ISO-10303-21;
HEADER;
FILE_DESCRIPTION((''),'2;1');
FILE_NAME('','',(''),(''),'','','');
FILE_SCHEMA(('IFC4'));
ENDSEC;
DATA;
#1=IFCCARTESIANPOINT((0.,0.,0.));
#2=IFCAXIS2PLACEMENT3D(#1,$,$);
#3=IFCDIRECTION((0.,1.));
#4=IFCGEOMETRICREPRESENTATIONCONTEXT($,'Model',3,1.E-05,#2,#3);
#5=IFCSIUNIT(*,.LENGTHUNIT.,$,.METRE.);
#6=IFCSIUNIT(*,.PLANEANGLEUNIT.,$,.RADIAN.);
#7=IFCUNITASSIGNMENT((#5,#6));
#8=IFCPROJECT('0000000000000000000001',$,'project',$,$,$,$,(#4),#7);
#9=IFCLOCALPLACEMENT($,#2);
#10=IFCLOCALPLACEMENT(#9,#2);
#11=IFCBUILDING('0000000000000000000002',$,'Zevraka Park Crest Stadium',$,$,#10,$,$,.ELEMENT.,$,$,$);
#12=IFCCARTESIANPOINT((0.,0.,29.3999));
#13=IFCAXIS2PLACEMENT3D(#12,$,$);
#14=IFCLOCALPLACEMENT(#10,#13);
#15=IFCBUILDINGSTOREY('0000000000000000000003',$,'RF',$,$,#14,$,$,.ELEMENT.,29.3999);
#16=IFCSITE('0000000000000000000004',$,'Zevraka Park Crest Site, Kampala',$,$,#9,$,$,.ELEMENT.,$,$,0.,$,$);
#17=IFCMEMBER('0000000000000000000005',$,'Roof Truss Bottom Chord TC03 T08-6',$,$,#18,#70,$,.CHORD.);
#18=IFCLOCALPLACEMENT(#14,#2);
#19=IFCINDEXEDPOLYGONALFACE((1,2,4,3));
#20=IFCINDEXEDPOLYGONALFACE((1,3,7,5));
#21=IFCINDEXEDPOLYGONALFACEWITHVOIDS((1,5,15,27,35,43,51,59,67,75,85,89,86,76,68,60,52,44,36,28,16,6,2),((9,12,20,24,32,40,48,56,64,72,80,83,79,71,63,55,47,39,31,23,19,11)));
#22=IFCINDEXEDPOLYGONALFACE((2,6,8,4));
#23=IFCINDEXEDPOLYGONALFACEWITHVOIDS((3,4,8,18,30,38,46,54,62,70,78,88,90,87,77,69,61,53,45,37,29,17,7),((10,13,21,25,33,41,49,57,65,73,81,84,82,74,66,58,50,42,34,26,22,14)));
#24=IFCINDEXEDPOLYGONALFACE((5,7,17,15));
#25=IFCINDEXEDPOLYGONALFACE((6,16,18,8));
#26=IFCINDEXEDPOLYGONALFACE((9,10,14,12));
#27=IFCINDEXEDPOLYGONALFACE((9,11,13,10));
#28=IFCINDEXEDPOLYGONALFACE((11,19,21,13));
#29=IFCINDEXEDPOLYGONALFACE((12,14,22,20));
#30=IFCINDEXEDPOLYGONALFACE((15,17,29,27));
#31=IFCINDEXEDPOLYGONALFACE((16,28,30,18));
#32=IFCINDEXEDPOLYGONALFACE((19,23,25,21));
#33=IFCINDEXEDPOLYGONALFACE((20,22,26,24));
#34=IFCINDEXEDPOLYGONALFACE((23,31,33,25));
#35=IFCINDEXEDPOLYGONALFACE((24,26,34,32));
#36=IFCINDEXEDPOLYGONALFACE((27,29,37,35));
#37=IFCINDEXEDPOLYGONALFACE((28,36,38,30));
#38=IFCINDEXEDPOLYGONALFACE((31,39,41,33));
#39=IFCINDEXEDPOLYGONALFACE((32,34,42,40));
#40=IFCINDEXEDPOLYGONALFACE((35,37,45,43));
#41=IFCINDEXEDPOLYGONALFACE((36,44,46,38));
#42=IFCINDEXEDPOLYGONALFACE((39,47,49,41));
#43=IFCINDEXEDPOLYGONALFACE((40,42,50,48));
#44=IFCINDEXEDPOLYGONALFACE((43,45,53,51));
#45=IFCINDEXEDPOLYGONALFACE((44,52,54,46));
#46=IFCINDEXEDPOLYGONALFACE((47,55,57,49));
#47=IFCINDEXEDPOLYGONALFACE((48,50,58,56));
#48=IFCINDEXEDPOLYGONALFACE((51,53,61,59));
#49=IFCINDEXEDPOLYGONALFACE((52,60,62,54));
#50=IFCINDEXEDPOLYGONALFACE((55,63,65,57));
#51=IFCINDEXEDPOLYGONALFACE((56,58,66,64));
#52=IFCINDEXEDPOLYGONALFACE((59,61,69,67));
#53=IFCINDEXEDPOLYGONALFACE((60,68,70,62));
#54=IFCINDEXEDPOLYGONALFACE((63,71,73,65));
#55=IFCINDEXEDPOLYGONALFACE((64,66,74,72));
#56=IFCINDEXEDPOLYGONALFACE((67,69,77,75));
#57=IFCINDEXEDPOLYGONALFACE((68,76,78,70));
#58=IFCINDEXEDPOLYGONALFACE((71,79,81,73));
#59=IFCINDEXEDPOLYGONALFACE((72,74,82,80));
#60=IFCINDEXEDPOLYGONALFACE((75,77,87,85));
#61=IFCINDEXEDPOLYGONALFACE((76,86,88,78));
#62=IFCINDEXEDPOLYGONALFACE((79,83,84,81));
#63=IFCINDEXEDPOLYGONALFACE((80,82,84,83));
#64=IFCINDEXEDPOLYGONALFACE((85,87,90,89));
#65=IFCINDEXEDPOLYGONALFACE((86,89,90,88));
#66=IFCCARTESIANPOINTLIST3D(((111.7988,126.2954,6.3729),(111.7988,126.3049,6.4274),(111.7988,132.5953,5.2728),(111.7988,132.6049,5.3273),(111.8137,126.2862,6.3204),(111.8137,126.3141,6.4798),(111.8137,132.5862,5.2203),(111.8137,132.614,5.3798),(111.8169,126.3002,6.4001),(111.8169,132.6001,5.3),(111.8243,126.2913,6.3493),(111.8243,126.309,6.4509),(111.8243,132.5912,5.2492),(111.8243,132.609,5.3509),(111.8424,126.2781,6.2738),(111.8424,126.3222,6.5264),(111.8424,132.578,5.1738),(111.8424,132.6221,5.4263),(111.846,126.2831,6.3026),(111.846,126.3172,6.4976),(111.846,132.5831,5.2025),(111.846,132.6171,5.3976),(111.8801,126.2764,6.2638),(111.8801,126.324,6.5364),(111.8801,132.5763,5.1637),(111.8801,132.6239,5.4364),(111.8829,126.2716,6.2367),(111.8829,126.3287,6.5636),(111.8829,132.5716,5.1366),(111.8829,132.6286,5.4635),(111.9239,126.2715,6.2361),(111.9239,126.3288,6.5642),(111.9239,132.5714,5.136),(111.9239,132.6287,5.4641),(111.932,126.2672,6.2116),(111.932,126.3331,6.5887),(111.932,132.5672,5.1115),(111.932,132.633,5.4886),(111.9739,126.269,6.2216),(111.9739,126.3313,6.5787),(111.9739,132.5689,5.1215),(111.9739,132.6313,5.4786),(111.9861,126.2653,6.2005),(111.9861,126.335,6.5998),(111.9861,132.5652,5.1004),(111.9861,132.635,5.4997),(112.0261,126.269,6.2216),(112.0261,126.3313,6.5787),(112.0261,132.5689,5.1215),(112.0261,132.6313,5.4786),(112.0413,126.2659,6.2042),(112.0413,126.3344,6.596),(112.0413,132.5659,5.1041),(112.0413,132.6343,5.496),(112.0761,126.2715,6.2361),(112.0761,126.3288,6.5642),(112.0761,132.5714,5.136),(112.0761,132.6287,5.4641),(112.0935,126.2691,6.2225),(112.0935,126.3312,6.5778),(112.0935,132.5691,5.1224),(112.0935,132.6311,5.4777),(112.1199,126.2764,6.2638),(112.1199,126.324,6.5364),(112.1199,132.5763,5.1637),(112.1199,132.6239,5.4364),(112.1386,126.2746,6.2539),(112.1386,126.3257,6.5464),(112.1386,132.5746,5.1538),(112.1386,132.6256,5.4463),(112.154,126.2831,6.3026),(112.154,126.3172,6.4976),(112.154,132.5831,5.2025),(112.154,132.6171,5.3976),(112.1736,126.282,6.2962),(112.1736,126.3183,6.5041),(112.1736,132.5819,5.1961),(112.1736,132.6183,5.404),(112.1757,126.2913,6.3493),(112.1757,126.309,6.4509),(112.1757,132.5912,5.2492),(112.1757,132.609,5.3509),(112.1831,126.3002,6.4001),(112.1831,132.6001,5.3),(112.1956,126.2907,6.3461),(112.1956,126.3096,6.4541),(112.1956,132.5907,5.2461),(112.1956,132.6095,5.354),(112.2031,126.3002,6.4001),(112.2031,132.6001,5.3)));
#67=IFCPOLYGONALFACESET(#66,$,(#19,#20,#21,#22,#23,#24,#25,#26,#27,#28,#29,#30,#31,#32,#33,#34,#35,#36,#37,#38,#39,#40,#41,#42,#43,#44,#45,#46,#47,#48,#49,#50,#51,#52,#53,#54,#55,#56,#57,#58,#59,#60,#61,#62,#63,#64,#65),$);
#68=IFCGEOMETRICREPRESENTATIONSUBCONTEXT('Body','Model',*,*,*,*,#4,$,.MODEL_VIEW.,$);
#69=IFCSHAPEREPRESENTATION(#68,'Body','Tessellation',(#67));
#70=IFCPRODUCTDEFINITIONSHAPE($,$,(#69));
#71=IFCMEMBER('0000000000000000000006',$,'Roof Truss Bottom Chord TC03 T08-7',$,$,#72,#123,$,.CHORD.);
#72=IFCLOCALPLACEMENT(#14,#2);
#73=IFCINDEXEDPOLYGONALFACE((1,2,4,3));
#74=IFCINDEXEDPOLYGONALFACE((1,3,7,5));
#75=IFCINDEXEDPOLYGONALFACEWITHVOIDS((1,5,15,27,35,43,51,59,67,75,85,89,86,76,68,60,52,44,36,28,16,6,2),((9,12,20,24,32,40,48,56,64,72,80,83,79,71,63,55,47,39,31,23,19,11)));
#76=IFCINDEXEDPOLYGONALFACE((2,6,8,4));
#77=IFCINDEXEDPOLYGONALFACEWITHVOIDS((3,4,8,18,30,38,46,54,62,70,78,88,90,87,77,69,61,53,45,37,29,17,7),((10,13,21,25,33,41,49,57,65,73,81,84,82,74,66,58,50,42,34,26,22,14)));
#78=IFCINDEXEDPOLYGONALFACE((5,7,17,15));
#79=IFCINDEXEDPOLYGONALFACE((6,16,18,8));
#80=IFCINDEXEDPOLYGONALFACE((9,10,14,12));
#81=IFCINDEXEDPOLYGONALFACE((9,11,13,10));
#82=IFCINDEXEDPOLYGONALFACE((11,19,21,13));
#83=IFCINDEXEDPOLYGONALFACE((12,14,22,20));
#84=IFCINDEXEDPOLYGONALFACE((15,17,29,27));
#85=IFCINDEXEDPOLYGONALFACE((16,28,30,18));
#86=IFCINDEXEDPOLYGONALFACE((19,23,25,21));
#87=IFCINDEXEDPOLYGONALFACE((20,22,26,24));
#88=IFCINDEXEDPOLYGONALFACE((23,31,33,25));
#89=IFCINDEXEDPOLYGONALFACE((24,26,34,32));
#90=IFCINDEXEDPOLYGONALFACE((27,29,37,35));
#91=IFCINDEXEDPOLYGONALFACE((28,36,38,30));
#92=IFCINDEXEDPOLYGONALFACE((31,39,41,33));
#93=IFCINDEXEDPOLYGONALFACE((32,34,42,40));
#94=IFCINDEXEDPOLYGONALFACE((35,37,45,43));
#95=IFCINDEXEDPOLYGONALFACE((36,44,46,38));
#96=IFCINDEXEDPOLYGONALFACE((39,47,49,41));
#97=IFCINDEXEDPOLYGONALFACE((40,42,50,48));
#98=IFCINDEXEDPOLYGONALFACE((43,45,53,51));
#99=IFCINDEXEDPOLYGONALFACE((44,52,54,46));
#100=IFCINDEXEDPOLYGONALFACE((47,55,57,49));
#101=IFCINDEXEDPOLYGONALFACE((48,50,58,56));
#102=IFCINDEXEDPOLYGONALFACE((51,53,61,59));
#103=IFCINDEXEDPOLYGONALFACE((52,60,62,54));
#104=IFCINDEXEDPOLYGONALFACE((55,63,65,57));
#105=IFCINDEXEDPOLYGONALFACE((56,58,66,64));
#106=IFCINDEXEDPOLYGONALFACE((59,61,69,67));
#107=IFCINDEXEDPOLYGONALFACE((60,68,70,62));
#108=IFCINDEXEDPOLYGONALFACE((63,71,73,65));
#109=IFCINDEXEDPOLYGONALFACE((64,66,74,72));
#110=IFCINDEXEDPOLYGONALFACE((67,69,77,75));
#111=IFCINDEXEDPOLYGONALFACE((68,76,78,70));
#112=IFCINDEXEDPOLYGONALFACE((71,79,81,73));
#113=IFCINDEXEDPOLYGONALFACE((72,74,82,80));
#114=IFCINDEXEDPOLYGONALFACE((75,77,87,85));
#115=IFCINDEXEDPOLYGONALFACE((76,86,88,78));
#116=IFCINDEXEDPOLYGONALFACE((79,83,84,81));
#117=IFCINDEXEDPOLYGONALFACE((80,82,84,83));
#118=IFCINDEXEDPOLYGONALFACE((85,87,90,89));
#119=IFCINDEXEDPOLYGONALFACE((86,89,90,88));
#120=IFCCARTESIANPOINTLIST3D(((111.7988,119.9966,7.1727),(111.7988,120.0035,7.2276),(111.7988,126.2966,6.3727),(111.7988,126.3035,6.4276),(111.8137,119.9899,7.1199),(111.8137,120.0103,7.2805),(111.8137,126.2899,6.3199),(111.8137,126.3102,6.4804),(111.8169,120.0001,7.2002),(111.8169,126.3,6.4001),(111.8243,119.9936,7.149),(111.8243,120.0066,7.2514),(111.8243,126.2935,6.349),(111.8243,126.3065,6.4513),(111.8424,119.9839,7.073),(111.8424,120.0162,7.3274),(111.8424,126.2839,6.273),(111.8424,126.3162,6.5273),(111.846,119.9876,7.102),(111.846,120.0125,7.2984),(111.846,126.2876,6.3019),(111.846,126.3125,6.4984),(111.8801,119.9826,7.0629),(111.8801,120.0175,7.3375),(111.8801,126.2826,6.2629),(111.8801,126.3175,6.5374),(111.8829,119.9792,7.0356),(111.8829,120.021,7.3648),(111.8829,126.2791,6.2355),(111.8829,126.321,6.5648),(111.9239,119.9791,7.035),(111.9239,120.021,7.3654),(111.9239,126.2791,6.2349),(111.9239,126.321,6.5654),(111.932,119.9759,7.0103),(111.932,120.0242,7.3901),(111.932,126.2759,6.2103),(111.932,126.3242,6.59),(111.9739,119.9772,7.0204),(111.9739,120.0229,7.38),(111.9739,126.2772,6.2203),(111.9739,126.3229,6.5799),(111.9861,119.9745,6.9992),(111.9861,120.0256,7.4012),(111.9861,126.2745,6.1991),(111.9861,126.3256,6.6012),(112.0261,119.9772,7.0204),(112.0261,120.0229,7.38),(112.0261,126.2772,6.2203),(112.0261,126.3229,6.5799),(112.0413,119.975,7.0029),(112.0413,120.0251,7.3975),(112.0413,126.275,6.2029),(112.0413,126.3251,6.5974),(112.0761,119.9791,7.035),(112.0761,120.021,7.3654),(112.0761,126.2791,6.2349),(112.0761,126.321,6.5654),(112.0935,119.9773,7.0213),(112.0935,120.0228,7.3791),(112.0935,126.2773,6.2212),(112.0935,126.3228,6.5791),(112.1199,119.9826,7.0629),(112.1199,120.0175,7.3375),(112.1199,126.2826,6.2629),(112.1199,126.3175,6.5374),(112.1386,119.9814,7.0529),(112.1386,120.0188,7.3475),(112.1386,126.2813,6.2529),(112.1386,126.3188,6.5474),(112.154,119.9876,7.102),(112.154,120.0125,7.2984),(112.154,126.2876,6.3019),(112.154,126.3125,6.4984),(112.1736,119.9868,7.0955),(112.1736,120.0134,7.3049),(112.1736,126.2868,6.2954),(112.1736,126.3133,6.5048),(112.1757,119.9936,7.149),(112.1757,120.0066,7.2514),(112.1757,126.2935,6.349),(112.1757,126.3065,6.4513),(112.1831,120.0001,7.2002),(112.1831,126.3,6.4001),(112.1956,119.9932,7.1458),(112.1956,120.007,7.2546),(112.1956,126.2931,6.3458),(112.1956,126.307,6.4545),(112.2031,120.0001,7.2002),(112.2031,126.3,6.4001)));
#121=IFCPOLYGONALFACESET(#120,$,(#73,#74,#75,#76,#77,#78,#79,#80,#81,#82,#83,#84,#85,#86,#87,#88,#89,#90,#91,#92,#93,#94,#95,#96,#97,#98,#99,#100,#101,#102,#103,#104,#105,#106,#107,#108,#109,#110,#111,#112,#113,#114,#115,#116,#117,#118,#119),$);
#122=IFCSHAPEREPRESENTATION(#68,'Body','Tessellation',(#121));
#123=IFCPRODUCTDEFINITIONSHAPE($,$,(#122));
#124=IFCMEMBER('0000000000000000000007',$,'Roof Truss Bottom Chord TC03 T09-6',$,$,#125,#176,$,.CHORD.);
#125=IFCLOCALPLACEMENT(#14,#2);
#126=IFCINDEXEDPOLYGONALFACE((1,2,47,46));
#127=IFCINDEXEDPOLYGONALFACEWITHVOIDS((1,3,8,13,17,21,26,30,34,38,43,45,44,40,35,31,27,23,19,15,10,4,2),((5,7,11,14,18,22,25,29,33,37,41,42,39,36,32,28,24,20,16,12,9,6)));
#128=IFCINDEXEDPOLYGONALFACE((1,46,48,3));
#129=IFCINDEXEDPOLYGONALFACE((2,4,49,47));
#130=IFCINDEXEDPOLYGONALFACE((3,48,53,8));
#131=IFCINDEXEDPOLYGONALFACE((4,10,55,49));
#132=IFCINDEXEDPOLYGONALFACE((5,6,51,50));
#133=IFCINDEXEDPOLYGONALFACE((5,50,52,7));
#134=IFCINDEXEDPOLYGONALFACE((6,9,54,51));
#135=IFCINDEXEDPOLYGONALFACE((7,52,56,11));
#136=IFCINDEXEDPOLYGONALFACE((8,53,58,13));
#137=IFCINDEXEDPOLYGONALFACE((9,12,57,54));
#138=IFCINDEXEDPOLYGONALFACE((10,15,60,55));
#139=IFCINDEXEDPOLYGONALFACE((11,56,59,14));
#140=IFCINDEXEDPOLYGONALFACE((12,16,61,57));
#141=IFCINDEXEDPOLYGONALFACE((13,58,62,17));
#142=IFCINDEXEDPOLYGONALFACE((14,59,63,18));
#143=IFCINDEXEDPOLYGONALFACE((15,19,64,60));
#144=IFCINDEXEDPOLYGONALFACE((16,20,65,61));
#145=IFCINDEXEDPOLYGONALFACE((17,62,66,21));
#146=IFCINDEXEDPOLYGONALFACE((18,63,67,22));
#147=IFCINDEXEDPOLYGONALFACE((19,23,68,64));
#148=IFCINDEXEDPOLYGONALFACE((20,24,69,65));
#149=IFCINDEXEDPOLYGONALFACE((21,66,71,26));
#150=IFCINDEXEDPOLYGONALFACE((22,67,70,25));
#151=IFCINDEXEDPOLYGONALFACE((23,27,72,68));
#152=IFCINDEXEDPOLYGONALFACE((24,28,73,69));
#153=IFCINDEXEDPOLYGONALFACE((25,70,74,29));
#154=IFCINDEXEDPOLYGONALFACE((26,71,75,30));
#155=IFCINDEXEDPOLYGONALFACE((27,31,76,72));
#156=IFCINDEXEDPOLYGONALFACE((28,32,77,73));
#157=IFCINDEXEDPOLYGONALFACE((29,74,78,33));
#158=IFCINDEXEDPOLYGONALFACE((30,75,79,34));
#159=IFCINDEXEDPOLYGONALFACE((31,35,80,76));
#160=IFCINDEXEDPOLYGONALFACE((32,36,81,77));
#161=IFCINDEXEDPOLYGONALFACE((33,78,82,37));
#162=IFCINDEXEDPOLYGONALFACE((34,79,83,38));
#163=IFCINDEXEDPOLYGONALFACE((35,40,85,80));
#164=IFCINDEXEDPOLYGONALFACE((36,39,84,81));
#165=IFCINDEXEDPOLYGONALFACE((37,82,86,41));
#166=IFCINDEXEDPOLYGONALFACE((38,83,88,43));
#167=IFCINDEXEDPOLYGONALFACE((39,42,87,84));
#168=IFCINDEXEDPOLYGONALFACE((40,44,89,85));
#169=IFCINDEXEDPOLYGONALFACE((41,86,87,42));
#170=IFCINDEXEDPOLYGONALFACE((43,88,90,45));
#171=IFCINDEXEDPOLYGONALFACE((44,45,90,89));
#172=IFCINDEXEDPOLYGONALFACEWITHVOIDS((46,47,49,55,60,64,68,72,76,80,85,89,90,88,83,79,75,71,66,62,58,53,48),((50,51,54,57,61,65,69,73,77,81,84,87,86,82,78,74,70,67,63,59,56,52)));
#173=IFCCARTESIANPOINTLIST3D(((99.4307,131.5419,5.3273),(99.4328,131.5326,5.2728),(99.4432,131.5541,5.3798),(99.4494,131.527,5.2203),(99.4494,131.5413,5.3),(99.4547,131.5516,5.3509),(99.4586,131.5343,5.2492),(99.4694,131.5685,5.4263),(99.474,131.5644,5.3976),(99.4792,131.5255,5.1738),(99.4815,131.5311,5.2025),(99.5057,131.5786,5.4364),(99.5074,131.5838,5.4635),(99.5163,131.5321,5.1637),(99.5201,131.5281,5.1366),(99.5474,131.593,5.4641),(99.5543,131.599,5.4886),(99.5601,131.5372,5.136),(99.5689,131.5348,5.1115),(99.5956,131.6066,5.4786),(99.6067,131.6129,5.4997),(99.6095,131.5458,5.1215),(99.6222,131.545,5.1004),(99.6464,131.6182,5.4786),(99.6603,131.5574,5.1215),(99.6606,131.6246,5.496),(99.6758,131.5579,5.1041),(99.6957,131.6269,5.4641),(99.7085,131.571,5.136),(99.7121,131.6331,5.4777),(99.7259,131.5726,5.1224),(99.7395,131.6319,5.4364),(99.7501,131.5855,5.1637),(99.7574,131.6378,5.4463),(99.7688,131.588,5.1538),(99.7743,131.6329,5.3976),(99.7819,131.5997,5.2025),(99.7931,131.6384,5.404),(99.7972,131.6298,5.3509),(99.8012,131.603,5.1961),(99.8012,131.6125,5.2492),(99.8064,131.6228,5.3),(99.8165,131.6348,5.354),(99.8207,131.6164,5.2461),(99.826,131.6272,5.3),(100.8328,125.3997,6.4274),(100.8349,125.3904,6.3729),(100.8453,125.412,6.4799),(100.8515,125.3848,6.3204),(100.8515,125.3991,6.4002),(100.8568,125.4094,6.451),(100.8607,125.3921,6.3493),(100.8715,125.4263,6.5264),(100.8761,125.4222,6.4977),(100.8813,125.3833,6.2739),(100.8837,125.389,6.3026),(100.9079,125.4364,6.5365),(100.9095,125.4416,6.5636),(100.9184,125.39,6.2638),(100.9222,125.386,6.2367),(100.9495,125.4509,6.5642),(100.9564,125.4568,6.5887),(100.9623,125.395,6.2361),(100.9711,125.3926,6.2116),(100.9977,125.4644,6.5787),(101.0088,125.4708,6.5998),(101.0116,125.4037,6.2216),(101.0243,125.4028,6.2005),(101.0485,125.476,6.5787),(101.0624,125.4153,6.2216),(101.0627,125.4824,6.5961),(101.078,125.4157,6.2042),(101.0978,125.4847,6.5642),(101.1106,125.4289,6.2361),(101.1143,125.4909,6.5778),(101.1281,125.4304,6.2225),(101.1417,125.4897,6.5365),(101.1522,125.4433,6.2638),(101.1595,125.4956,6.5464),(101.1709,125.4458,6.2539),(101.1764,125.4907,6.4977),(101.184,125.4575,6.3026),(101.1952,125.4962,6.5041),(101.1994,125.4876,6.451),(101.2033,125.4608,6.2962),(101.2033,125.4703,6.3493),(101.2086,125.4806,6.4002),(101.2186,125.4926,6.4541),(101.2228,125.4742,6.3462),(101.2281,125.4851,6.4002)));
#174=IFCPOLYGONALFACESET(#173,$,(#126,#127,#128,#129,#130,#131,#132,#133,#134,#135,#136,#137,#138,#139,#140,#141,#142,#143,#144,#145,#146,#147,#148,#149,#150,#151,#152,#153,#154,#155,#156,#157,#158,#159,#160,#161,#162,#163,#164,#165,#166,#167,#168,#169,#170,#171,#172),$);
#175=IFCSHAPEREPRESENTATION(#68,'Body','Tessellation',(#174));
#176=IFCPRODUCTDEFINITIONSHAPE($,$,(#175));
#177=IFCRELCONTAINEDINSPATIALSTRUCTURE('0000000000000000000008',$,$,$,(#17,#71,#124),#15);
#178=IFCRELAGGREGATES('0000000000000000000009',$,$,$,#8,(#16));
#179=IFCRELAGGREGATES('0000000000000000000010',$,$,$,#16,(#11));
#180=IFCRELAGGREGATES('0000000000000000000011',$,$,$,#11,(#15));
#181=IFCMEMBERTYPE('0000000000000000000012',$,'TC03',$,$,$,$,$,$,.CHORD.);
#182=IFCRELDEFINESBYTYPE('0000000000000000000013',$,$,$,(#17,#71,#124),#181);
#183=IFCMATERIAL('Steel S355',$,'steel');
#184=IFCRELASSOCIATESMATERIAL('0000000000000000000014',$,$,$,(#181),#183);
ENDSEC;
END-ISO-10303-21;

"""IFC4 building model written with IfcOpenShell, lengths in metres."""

from ifc_helpers import new_model, si_unit, direction, frame, origin, origin_2d, place, context, subcontext, project, spatial, hollow_circle, extrude, material, material_profile, profile_set, type_object, element, save


model = new_model("IFC4")

# Units and contexts
model_context = context("Model", 3, precision=1e-05, world=origin(), true_north=direction((0.0, 1.0)))
body_context = subcontext(model_context, "Body", "Model", "MODEL_VIEW")
ifc_project = project(units=[si_unit("LENGTHUNIT", "METRE"), si_unit("PLANEANGLEUNIT", "RADIAN")], contexts=[model_context])

# Site, building, storey
site_placement = place(None, origin())
site = spatial("IfcSite", under=ifc_project, at=site_placement, Name="Zevraka Park Crest Site, Kampala", CompositionType="ELEMENT", RefElevation=0.0)
building_placement = place(site_placement, origin())
building = spatial("IfcBuilding", under=site, at=building_placement, Name="Zevraka Park Crest Stadium", CompositionType="ELEMENT")
storey_placement = place(building_placement, frame((0.0, 0.0, 29.3999)))
storey = spatial("IfcBuildingStorey", under=building, at=storey_placement, Name="RF", CompositionType="ELEMENT", Elevation=29.3999)

# Members
ifc_material_1 = material(Name="Steel S355", Category="steel")
ifc_material_profile_1 = material_profile(ifc_material_1, hollow_circle(Radius=0.2031, WallThickness=0.02, at=origin_2d()), Name="CHS 406.4x20")
ifc_profile_set_1 = profile_set([ifc_material_profile_1], Name="Steel S355")
member_type_1 = type_object("IfcMemberType", Name="TC03", PredefinedType="CHORD", material=ifc_profile_set_1)
member_1_placement = place(storey_placement, frame((112.0, 132.6001, 5.3), z_axis=(0.0, -0.985094, 0.172015), x_axis=(1.0, 0.0, 0.0)))
element("IfcMember", 1, at=member_1_placement, inside=storey, type_object=member_type_1, Name="Roof Truss Bottom Chord TC03 T08-6", PredefinedType="CHORD", context=body_context, shape_type="SweptSolid", body=[
    extrude(hollow_circle(Radius=0.2031, WallThickness=0.02, at=origin_2d()), origin(), (0.0, 0.0, 1.0), 6.3953),
])
member_2_placement = place(storey_placement, frame((112.0, 126.3, 6.4001), z_axis=(0.0, -0.992033, 0.125979), x_axis=(1.0, 0.0, 0.0)))
element("IfcMember", 2, at=member_2_placement, inside=storey, type_object=member_type_1, Name="Roof Truss Bottom Chord TC03 T08-7", PredefinedType="CHORD", context=body_context, shape_type="SweptSolid", body=[
    extrude(hollow_circle(Radius=0.2031, WallThickness=0.02, at=origin_2d()), origin(), (0.0, 0.0, 1.0), 6.3506),
])
member_3_placement = place(storey_placement, frame((99.6279, 131.582, 5.3), z_axis=(0.219235, -0.960389, 0.172013), x_axis=(0.974921, 0.222552, 0.0)))
element("IfcMember", 3, at=member_3_placement, inside=storey, type_object=member_type_1, Name="Roof Truss Bottom Chord TC03 T09-6", PredefinedType="CHORD", context=body_context, shape_type="SweptSolid", body=[
    extrude(hollow_circle(Radius=0.2031, WallThickness=0.02, at=origin_2d()), origin(), (0.0, 0.0, 1.0), 6.3955),
])

save(model, "model.ifc")
